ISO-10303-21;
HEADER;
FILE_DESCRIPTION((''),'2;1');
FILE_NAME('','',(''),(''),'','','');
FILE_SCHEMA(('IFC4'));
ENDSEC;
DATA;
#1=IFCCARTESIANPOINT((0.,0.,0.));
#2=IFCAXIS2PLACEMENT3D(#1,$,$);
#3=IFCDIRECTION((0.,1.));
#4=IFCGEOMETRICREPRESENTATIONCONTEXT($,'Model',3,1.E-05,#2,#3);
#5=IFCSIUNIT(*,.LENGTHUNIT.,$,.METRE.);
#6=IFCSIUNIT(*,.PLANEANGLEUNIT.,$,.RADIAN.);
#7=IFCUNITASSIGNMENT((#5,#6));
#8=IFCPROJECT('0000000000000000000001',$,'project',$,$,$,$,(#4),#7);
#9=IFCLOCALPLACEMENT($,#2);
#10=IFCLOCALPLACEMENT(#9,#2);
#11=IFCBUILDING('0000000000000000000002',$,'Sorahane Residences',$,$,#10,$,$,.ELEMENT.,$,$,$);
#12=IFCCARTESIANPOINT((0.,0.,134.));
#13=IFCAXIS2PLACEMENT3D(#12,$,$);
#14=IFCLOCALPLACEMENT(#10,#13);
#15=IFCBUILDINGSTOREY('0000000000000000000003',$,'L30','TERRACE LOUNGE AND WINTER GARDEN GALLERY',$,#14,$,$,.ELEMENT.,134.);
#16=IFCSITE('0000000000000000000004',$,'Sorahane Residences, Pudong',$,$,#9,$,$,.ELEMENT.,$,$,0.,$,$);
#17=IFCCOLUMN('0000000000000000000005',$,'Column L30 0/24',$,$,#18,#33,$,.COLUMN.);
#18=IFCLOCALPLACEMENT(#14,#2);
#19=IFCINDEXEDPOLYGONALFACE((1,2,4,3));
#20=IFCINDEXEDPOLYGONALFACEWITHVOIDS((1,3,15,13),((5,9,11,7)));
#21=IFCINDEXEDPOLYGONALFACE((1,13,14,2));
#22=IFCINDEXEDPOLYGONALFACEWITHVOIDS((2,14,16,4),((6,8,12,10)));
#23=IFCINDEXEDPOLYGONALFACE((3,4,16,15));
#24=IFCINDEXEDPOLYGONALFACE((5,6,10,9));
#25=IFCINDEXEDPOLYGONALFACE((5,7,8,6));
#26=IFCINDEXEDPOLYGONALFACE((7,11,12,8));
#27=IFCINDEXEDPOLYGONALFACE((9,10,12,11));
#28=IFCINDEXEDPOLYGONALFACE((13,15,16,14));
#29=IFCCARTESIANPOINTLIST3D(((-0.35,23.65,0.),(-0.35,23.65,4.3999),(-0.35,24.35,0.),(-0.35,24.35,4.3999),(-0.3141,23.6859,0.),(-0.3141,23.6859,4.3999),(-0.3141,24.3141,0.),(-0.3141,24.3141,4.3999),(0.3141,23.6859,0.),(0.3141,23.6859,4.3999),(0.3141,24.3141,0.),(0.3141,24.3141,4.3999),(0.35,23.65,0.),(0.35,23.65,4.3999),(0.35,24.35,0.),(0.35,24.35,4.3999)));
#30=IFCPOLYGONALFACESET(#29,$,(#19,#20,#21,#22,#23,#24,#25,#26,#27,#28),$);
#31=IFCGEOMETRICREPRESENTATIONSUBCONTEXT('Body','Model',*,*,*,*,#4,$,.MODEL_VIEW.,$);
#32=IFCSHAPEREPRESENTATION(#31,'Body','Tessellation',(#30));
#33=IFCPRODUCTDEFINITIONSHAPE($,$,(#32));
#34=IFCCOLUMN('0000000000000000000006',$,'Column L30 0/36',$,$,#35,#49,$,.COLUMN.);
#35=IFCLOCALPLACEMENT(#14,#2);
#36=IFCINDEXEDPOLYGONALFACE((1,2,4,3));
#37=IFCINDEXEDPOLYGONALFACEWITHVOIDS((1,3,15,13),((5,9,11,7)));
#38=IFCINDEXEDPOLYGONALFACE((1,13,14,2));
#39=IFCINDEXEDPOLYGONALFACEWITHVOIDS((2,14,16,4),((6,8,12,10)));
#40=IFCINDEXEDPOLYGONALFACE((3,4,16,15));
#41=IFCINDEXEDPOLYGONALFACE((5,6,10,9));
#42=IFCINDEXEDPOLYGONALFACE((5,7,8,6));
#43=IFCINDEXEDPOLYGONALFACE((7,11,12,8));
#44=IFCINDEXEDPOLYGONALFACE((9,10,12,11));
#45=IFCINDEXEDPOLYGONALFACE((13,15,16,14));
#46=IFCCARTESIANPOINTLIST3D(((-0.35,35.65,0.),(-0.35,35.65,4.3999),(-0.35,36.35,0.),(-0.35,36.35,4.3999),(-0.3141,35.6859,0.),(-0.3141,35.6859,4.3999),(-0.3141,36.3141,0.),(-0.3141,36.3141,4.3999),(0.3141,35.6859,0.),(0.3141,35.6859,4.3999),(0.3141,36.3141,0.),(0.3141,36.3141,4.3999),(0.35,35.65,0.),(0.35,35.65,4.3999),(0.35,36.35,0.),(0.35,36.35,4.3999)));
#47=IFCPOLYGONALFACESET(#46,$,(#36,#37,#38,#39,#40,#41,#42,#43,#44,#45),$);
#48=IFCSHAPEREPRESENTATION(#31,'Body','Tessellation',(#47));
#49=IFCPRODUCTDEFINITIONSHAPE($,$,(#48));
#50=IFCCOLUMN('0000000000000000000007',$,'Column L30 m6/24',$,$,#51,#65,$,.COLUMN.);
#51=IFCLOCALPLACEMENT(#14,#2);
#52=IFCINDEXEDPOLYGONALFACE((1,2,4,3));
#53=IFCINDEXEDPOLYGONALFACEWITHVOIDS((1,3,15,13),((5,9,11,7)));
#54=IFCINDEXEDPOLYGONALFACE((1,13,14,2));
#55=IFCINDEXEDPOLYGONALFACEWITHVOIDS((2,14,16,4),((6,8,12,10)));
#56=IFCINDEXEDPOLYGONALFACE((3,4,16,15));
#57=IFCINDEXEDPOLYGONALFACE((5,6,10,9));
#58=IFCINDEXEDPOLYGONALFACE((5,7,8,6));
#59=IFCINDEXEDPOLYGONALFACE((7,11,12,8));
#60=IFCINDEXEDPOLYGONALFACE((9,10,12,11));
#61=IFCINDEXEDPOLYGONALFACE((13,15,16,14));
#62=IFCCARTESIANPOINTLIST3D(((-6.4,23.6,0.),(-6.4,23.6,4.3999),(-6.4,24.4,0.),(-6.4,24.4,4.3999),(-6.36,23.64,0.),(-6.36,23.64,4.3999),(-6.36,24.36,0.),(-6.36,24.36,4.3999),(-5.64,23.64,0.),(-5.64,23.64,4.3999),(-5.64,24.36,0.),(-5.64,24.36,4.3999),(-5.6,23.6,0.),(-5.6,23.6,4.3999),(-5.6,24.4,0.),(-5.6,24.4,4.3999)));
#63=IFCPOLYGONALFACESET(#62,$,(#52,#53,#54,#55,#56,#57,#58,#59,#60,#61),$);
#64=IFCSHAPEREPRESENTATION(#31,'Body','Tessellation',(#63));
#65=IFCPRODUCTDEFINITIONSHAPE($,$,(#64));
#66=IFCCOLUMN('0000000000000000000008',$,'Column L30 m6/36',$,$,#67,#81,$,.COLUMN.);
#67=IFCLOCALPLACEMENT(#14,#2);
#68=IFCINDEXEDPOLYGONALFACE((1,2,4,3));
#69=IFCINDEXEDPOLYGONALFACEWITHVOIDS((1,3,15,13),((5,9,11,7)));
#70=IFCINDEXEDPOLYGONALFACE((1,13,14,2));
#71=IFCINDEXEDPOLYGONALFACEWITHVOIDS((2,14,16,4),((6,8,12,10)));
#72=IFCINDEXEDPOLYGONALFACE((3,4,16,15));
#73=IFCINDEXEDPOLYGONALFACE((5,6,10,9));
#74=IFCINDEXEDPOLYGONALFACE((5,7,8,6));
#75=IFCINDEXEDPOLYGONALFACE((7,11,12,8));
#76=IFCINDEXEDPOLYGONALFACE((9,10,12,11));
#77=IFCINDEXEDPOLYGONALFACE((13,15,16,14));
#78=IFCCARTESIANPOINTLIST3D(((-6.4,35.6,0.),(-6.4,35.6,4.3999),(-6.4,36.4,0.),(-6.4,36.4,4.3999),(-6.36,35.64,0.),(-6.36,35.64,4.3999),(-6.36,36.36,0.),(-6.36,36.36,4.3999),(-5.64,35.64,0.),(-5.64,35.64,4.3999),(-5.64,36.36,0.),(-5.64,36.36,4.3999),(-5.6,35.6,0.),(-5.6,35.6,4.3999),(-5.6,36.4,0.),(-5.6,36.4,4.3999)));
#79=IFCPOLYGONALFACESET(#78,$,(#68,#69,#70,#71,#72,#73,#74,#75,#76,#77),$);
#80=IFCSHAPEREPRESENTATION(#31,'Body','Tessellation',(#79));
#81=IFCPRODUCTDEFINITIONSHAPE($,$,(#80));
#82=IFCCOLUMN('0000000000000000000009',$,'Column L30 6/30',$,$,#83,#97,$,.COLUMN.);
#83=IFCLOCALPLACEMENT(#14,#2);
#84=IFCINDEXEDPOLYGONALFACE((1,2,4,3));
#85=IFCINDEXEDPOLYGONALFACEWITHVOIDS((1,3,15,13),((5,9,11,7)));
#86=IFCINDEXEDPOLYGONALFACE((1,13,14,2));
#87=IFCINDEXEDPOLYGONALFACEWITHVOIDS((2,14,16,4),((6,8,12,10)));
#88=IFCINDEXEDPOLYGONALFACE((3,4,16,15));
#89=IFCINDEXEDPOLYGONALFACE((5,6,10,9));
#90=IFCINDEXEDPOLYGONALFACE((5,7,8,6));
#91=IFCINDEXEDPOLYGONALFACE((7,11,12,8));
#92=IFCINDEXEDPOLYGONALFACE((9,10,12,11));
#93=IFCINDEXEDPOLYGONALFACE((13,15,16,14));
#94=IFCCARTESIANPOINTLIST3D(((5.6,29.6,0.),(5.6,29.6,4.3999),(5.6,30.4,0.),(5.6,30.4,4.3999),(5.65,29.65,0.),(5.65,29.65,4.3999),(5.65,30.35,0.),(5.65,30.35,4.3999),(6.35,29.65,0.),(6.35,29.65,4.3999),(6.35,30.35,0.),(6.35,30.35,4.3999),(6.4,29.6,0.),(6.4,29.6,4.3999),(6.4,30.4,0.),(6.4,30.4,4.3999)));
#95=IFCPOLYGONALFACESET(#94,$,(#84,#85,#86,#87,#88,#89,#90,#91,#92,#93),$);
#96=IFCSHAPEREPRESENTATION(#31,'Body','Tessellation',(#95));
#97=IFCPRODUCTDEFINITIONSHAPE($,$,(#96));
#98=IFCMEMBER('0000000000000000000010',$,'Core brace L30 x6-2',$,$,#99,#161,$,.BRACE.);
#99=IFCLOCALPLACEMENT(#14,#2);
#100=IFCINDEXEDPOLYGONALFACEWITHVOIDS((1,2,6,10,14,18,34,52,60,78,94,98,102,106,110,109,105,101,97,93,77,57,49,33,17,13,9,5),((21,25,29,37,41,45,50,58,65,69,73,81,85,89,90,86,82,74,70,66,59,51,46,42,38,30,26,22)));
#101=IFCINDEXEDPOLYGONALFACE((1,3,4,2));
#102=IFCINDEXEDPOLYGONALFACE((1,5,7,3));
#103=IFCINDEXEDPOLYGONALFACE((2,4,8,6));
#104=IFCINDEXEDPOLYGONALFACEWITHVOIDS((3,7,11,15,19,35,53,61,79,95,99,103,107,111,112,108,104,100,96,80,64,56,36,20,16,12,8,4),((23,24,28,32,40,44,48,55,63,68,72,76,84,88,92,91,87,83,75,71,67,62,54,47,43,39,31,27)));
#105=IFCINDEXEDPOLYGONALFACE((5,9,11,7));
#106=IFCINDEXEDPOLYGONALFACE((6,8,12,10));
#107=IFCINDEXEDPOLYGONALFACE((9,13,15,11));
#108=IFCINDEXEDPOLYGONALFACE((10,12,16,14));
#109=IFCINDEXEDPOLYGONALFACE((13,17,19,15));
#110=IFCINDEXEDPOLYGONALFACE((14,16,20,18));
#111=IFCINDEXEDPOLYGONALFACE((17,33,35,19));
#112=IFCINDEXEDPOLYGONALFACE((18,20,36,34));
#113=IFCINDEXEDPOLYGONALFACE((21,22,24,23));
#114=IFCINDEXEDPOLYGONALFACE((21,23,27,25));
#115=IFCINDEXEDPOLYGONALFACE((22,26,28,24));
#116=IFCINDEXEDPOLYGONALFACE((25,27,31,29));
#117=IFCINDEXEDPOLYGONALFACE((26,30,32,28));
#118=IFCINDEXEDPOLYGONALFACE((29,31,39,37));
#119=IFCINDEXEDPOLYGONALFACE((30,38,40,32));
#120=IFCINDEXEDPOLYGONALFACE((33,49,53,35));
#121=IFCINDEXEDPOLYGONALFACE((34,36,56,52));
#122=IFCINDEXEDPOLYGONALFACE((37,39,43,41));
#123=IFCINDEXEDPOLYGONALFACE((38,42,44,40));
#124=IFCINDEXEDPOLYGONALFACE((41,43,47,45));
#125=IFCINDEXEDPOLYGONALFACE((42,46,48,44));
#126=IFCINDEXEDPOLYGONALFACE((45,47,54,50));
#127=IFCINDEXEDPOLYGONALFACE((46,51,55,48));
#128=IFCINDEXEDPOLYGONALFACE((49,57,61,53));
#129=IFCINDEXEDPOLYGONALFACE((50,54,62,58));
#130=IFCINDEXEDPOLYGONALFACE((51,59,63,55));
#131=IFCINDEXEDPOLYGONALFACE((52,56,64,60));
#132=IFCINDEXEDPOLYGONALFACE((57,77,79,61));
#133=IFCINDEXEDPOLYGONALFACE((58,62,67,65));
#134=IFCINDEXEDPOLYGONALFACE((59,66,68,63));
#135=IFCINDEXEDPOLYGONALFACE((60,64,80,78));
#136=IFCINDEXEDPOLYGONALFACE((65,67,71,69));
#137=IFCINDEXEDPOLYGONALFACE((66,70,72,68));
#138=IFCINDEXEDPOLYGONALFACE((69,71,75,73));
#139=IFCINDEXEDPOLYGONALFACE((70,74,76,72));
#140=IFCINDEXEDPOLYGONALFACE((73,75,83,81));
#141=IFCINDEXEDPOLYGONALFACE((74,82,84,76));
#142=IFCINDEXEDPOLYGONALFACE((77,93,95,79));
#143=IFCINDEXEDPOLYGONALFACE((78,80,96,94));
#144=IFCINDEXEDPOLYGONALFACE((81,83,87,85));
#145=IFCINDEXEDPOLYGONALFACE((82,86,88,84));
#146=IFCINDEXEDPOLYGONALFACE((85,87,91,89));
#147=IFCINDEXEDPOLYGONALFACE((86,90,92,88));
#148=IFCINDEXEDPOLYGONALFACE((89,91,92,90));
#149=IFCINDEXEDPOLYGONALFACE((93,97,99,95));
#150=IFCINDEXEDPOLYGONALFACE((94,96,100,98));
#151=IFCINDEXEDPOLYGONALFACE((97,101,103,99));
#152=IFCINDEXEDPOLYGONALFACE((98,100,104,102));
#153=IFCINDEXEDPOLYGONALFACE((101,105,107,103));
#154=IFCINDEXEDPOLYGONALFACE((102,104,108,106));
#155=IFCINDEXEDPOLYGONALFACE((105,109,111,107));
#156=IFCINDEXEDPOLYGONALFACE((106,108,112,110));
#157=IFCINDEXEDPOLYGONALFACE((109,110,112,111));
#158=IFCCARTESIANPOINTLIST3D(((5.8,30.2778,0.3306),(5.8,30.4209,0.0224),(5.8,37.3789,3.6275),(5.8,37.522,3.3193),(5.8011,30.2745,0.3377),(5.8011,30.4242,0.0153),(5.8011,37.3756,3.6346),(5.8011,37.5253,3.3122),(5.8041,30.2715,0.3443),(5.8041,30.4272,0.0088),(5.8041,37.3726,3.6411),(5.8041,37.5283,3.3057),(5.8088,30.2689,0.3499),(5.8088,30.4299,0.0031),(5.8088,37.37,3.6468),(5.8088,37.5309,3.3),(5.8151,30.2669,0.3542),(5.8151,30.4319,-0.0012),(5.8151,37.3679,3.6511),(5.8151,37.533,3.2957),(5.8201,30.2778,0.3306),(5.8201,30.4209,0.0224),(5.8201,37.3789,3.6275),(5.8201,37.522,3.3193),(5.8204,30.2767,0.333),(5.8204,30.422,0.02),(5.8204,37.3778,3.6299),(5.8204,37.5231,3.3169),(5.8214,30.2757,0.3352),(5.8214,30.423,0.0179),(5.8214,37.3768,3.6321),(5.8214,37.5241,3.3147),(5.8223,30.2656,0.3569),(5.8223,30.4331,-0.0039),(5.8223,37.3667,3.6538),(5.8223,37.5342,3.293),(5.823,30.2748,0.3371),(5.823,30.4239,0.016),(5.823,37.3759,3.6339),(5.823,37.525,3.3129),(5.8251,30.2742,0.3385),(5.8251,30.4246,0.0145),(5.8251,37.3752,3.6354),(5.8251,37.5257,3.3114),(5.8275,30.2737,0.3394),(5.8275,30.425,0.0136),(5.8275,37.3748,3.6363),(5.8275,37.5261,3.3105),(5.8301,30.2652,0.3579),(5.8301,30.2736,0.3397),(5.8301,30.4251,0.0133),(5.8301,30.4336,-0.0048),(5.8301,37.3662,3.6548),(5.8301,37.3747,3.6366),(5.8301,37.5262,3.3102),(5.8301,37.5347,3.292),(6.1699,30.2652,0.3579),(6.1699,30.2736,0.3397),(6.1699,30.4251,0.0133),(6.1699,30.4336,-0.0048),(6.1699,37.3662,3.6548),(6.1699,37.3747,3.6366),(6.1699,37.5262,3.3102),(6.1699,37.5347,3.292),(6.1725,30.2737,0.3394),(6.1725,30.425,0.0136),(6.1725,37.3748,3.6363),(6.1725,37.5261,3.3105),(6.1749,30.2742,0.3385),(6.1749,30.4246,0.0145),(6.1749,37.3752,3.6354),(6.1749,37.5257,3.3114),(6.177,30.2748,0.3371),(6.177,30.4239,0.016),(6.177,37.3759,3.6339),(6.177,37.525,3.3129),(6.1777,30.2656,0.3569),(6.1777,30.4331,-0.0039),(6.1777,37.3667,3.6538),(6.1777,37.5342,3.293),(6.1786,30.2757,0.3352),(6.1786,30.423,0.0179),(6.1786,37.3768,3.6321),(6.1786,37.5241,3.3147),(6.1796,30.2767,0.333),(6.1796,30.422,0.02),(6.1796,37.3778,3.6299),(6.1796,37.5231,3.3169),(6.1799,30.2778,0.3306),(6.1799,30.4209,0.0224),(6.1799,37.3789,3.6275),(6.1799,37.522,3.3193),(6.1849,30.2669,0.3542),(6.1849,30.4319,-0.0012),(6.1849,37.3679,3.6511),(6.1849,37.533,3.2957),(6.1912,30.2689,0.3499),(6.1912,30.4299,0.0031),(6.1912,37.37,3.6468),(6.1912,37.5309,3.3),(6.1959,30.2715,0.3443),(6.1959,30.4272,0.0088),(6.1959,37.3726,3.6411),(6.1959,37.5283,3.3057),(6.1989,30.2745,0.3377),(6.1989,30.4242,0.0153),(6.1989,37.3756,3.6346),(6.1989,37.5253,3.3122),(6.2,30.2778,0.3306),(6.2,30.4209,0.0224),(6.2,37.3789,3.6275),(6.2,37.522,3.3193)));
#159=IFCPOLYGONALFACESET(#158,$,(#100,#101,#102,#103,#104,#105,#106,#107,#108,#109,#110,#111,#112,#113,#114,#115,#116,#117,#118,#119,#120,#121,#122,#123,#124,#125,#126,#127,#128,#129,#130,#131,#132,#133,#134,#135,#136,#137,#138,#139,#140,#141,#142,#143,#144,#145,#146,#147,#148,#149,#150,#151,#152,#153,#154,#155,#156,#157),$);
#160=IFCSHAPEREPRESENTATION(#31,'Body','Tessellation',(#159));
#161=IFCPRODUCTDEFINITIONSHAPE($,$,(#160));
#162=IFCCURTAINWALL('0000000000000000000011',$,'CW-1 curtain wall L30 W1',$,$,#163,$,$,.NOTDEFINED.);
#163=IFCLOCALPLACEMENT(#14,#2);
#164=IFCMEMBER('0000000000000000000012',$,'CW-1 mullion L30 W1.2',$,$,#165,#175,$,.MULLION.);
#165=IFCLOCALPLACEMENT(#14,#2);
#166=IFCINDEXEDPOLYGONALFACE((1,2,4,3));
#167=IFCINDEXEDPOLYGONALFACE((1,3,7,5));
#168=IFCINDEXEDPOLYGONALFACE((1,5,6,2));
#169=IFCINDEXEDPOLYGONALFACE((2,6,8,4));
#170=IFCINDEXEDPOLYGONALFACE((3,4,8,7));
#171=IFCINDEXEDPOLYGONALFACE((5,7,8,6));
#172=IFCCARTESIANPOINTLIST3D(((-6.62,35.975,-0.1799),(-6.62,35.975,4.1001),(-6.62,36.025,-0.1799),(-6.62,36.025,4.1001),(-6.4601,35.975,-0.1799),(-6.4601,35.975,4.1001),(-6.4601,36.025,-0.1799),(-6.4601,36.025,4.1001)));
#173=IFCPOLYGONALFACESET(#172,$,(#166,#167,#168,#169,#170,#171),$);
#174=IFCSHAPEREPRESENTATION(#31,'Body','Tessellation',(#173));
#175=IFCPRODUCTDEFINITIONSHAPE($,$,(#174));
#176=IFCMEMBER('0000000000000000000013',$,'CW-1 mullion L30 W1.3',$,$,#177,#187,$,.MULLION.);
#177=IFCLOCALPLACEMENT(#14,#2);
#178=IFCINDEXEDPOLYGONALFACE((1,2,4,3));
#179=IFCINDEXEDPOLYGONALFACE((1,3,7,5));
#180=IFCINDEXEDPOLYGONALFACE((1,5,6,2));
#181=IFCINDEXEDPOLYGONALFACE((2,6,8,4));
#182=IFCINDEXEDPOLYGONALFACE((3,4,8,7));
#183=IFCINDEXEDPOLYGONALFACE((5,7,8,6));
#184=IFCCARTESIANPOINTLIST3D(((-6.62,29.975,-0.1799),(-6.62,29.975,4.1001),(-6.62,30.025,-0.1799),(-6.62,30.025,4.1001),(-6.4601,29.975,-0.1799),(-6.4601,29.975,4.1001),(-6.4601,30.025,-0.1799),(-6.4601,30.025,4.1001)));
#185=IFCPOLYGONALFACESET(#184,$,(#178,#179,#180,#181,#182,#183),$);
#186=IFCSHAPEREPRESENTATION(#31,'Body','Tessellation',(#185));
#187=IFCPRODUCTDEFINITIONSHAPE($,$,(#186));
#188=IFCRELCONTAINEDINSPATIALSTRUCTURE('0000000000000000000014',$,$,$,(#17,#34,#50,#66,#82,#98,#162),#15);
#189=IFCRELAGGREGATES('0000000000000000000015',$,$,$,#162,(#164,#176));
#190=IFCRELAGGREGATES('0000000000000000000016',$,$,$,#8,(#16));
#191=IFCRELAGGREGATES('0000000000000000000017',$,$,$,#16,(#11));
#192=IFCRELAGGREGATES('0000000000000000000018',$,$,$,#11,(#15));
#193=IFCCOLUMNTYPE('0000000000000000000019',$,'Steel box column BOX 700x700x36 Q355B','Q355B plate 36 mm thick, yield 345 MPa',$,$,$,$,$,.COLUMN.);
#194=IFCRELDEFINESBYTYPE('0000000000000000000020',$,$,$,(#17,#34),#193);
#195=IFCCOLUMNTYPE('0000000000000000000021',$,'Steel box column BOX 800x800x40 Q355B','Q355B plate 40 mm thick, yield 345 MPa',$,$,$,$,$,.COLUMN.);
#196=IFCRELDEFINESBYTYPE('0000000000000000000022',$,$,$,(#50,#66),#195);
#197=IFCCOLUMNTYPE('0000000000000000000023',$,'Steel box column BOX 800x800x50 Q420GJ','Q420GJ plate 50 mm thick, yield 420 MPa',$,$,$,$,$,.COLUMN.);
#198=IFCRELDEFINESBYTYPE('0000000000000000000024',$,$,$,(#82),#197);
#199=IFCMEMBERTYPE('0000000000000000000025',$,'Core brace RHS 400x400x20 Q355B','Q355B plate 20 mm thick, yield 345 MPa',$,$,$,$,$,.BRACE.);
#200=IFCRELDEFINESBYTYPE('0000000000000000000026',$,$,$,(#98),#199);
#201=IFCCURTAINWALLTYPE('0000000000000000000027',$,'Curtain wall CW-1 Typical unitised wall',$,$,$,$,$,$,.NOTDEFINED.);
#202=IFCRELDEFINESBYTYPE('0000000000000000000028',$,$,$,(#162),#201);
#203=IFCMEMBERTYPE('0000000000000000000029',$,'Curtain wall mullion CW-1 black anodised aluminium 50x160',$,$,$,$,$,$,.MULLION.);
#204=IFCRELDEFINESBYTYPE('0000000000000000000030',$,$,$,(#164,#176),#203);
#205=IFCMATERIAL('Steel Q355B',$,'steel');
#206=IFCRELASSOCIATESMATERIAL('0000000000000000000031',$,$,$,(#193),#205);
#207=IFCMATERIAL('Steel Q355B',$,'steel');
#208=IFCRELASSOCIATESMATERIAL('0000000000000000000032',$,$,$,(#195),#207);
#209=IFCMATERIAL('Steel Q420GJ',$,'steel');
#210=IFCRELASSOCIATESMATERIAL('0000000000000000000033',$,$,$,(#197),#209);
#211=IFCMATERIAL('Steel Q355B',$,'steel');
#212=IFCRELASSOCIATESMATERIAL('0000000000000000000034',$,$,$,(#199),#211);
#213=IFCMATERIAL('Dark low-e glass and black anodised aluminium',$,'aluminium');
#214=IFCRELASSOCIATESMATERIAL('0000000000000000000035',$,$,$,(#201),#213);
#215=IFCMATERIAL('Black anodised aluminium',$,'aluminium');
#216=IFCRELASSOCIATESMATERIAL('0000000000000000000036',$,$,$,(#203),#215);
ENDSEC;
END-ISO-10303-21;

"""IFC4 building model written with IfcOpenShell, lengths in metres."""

from ifc_helpers import new_model, si_unit, direction, frame, origin, origin_2d, place, context, subcontext, project, spatial, rectangle, hollow_rectangle, extrude, material, material_profile, profile_set, type_object, element, aggregate, save


model = new_model("IFC4")

# Units and contexts
model_context = context("Model", 3, precision=1e-05, world=origin(), true_north=direction((0.0, 1.0)))
body_context = subcontext(model_context, "Body", "Model", "MODEL_VIEW")
ifc_project = project(units=[si_unit("LENGTHUNIT", "METRE"), si_unit("PLANEANGLEUNIT", "RADIAN")], contexts=[model_context])

# Site, building, storey
site_placement = place(None, origin())
site = spatial("IfcSite", under=ifc_project, at=site_placement, Name="Sorahane Residences, Pudong", CompositionType="ELEMENT", RefElevation=0.0)
building_placement = place(site_placement, origin())
building = spatial("IfcBuilding", under=site, at=building_placement, Name="Sorahane Residences", CompositionType="ELEMENT")
storey_placement = place(building_placement, frame((0.0, 0.0, 134.0)))
storey = spatial("IfcBuildingStorey", under=building, at=storey_placement, Name="L30", Description="TERRACE LOUNGE AND WINTER GARDEN GALLERY", CompositionType="ELEMENT", Elevation=134.0)

# Columns
ifc_material_1 = material(Name="Steel Q355B", Category="steel")
ifc_material_profile_1 = material_profile(ifc_material_1, hollow_rectangle(XDim=0.7, YDim=0.7, WallThickness=0.0359, at=origin_2d()), Name="BOX 700x700x36")
ifc_profile_set_1 = profile_set([ifc_material_profile_1], Name="Steel Q355B")
column_type_1 = type_object("IfcColumnType", Name="Steel box column BOX 700x700x36 Q355B", Description="Q355B plate 36 mm thick, yield 345 MPa", PredefinedType="COLUMN", material=ifc_profile_set_1)
for number, where, z_axis, x_axis, name in (
    (1, (0.0, 24.0, 0.0), (0.0, 0.0, 1.0), (1.0, 0.0, 0.0), "Column L30 0/24"),
    (2, (0.0, 36.0, 0.0), (0.0, 0.0, 1.0), (1.0, 0.0, 0.0), "Column L30 0/36"),
):
    element("IfcColumn", number, at=place(storey_placement, frame(where, z_axis=z_axis, x_axis=x_axis)), inside=storey, type_object=column_type_1, Name=name, PredefinedType="COLUMN", context=body_context, shape_type="SweptSolid", body=[
        extrude(hollow_rectangle(XDim=0.7, YDim=0.7, WallThickness=0.0359, at=origin_2d()), origin(), (0.0, 0.0, 1.0), 4.3999),
    ])
ifc_material_2 = material(Name="Steel Q355B", Category="steel")
ifc_material_profile_2 = material_profile(ifc_material_2, hollow_rectangle(XDim=0.8, YDim=0.8, WallThickness=0.04, at=origin_2d()), Name="BOX 800x800x40")
ifc_profile_set_2 = profile_set([ifc_material_profile_2], Name="Steel Q355B")
column_type_2 = type_object("IfcColumnType", Name="Steel box column BOX 800x800x40 Q355B", Description="Q355B plate 40 mm thick, yield 345 MPa", PredefinedType="COLUMN", material=ifc_profile_set_2)
for number, where, z_axis, x_axis, name in (
    (3, (-6.0, 24.0, 0.0), (0.0, 0.0, 1.0), (1.0, 0.0, 0.0), "Column L30 m6/24"),
    (4, (-6.0, 36.0, 0.0), (0.0, 0.0, 1.0), (1.0, 0.0, 0.0), "Column L30 m6/36"),
):
    element("IfcColumn", number, at=place(storey_placement, frame(where, z_axis=z_axis, x_axis=x_axis)), inside=storey, type_object=column_type_2, Name=name, PredefinedType="COLUMN", context=body_context, shape_type="SweptSolid", body=[
        extrude(hollow_rectangle(XDim=0.8, YDim=0.8, WallThickness=0.04, at=origin_2d()), origin(), (0.0, 0.0, 1.0), 4.3999),
    ])
ifc_material_3 = material(Name="Steel Q420GJ", Category="steel")
ifc_material_profile_3 = material_profile(ifc_material_3, hollow_rectangle(XDim=0.8, YDim=0.8, WallThickness=0.05, at=origin_2d()), Name="BOX 800x800x50")
ifc_profile_set_3 = profile_set([ifc_material_profile_3], Name="Steel Q420GJ")
column_type_3 = type_object("IfcColumnType", Name="Steel box column BOX 800x800x50 Q420GJ", Description="Q420GJ plate 50 mm thick, yield 420 MPa", PredefinedType="COLUMN", material=ifc_profile_set_3)
column_placement = place(storey_placement, frame((6.0, 30.0, 0.0), z_axis=(0.0, 0.0, 1.0), x_axis=(1.0, 0.0, 0.0)))
element("IfcColumn", 5, at=column_placement, inside=storey, type_object=column_type_3, Name="Column L30 6/30", PredefinedType="COLUMN", context=body_context, shape_type="SweptSolid", body=[
    extrude(hollow_rectangle(XDim=0.8, YDim=0.8, WallThickness=0.05, at=origin_2d()), origin(), (0.0, 0.0, 1.0), 4.3999),
])

# Member
ifc_material_4 = material(Name="Steel Q355B", Category="steel")
ifc_material_profile_4 = material_profile(ifc_material_4, hollow_rectangle(XDim=0.3999, YDim=0.3999, WallThickness=0.02, InnerFilletRadius=0.01, OuterFilletRadius=0.03, at=origin_2d()), Name="RHS 400x400x20")
ifc_profile_set_4 = profile_set([ifc_material_profile_4], Name="Steel Q355B")
member_type_1 = type_object("IfcMemberType", Name="Core brace RHS 400x400x20 Q355B", Description="Q355B plate 20 mm thick, yield 345 MPa", PredefinedType="BRACE", material=ifc_profile_set_4)
member_1_placement = place(storey_placement, frame((6.0, 30.3494, 0.1765), z_axis=(0.0, 0.907012, 0.421106), x_axis=(-1.0, 0.0, 0.0)))
element("IfcMember", 6, at=member_1_placement, inside=storey, type_object=member_type_1, Name="Core brace L30 x6-2", PredefinedType="BRACE", context=body_context, shape_type="SweptSolid", body=[
    extrude(hollow_rectangle(XDim=0.3999, YDim=0.3999, WallThickness=0.02, InnerFilletRadius=0.01, OuterFilletRadius=0.03, at=origin_2d()), origin(), (0.0, 0.0, 1.0), 7.8291),
])

# Curtain wall, members
ifc_material_5 = material(Name="Dark low-e glass and black anodised aluminium", Category="aluminium")
curtain_wall_type = type_object("IfcCurtainWallType", Name="Curtain wall CW-1 Typical unitised wall", PredefinedType="NOTDEFINED", material=ifc_material_5)
curtain_wall_placement = place(storey_placement, origin())
curtain_wall = element("IfcCurtainWall", 7, at=curtain_wall_placement, inside=storey, type_object=curtain_wall_type, Name="CW-1 curtain wall L30 W1", PredefinedType="NOTDEFINED")
ifc_material_6 = material(Name="Black anodised aluminium", Category="aluminium")
ifc_material_profile_5 = material_profile(ifc_material_6, rectangle(XDim=0.1599, YDim=0.05, at=origin_2d()), Name="Curtain wall mullion CW-1 black anodised aluminium 50x160")
ifc_profile_set_5 = profile_set([ifc_material_profile_5], Name="Black anodised aluminium")
member_type_2 = type_object("IfcMemberType", Name="Curtain wall mullion CW-1 black anodised aluminium 50x160", PredefinedType="MULLION", material=ifc_profile_set_5)
member_2_placement = place(storey_placement, frame((-6.54, 36.0, -0.1799), z_axis=(0.0, 0.0, 1.0), x_axis=(-1.0, 0.0, 0.0)))
member_2 = element("IfcMember", 8, at=member_2_placement, type_object=member_type_2, Name="CW-1 mullion L30 W1.2", PredefinedType="MULLION", context=body_context, shape_type="SweptSolid", body=[
    extrude(rectangle(XDim=0.1599, YDim=0.05, at=origin_2d()), origin(), (0.0, 0.0, 1.0), 4.28),
])
member_3_placement = place(storey_placement, frame((-6.54, 30.0, -0.1799), z_axis=(0.0, 0.0, 1.0), x_axis=(-1.0, 0.0, 0.0)))
member_3 = element("IfcMember", 9, at=member_3_placement, type_object=member_type_2, Name="CW-1 mullion L30 W1.3", PredefinedType="MULLION", context=body_context, shape_type="SweptSolid", body=[
    extrude(rectangle(XDim=0.1599, YDim=0.05, at=origin_2d()), origin(), (0.0, 0.0, 1.0), 4.28),
])

aggregate(curtain_wall, [member_2, member_3])

save(model, "model.ifc")
